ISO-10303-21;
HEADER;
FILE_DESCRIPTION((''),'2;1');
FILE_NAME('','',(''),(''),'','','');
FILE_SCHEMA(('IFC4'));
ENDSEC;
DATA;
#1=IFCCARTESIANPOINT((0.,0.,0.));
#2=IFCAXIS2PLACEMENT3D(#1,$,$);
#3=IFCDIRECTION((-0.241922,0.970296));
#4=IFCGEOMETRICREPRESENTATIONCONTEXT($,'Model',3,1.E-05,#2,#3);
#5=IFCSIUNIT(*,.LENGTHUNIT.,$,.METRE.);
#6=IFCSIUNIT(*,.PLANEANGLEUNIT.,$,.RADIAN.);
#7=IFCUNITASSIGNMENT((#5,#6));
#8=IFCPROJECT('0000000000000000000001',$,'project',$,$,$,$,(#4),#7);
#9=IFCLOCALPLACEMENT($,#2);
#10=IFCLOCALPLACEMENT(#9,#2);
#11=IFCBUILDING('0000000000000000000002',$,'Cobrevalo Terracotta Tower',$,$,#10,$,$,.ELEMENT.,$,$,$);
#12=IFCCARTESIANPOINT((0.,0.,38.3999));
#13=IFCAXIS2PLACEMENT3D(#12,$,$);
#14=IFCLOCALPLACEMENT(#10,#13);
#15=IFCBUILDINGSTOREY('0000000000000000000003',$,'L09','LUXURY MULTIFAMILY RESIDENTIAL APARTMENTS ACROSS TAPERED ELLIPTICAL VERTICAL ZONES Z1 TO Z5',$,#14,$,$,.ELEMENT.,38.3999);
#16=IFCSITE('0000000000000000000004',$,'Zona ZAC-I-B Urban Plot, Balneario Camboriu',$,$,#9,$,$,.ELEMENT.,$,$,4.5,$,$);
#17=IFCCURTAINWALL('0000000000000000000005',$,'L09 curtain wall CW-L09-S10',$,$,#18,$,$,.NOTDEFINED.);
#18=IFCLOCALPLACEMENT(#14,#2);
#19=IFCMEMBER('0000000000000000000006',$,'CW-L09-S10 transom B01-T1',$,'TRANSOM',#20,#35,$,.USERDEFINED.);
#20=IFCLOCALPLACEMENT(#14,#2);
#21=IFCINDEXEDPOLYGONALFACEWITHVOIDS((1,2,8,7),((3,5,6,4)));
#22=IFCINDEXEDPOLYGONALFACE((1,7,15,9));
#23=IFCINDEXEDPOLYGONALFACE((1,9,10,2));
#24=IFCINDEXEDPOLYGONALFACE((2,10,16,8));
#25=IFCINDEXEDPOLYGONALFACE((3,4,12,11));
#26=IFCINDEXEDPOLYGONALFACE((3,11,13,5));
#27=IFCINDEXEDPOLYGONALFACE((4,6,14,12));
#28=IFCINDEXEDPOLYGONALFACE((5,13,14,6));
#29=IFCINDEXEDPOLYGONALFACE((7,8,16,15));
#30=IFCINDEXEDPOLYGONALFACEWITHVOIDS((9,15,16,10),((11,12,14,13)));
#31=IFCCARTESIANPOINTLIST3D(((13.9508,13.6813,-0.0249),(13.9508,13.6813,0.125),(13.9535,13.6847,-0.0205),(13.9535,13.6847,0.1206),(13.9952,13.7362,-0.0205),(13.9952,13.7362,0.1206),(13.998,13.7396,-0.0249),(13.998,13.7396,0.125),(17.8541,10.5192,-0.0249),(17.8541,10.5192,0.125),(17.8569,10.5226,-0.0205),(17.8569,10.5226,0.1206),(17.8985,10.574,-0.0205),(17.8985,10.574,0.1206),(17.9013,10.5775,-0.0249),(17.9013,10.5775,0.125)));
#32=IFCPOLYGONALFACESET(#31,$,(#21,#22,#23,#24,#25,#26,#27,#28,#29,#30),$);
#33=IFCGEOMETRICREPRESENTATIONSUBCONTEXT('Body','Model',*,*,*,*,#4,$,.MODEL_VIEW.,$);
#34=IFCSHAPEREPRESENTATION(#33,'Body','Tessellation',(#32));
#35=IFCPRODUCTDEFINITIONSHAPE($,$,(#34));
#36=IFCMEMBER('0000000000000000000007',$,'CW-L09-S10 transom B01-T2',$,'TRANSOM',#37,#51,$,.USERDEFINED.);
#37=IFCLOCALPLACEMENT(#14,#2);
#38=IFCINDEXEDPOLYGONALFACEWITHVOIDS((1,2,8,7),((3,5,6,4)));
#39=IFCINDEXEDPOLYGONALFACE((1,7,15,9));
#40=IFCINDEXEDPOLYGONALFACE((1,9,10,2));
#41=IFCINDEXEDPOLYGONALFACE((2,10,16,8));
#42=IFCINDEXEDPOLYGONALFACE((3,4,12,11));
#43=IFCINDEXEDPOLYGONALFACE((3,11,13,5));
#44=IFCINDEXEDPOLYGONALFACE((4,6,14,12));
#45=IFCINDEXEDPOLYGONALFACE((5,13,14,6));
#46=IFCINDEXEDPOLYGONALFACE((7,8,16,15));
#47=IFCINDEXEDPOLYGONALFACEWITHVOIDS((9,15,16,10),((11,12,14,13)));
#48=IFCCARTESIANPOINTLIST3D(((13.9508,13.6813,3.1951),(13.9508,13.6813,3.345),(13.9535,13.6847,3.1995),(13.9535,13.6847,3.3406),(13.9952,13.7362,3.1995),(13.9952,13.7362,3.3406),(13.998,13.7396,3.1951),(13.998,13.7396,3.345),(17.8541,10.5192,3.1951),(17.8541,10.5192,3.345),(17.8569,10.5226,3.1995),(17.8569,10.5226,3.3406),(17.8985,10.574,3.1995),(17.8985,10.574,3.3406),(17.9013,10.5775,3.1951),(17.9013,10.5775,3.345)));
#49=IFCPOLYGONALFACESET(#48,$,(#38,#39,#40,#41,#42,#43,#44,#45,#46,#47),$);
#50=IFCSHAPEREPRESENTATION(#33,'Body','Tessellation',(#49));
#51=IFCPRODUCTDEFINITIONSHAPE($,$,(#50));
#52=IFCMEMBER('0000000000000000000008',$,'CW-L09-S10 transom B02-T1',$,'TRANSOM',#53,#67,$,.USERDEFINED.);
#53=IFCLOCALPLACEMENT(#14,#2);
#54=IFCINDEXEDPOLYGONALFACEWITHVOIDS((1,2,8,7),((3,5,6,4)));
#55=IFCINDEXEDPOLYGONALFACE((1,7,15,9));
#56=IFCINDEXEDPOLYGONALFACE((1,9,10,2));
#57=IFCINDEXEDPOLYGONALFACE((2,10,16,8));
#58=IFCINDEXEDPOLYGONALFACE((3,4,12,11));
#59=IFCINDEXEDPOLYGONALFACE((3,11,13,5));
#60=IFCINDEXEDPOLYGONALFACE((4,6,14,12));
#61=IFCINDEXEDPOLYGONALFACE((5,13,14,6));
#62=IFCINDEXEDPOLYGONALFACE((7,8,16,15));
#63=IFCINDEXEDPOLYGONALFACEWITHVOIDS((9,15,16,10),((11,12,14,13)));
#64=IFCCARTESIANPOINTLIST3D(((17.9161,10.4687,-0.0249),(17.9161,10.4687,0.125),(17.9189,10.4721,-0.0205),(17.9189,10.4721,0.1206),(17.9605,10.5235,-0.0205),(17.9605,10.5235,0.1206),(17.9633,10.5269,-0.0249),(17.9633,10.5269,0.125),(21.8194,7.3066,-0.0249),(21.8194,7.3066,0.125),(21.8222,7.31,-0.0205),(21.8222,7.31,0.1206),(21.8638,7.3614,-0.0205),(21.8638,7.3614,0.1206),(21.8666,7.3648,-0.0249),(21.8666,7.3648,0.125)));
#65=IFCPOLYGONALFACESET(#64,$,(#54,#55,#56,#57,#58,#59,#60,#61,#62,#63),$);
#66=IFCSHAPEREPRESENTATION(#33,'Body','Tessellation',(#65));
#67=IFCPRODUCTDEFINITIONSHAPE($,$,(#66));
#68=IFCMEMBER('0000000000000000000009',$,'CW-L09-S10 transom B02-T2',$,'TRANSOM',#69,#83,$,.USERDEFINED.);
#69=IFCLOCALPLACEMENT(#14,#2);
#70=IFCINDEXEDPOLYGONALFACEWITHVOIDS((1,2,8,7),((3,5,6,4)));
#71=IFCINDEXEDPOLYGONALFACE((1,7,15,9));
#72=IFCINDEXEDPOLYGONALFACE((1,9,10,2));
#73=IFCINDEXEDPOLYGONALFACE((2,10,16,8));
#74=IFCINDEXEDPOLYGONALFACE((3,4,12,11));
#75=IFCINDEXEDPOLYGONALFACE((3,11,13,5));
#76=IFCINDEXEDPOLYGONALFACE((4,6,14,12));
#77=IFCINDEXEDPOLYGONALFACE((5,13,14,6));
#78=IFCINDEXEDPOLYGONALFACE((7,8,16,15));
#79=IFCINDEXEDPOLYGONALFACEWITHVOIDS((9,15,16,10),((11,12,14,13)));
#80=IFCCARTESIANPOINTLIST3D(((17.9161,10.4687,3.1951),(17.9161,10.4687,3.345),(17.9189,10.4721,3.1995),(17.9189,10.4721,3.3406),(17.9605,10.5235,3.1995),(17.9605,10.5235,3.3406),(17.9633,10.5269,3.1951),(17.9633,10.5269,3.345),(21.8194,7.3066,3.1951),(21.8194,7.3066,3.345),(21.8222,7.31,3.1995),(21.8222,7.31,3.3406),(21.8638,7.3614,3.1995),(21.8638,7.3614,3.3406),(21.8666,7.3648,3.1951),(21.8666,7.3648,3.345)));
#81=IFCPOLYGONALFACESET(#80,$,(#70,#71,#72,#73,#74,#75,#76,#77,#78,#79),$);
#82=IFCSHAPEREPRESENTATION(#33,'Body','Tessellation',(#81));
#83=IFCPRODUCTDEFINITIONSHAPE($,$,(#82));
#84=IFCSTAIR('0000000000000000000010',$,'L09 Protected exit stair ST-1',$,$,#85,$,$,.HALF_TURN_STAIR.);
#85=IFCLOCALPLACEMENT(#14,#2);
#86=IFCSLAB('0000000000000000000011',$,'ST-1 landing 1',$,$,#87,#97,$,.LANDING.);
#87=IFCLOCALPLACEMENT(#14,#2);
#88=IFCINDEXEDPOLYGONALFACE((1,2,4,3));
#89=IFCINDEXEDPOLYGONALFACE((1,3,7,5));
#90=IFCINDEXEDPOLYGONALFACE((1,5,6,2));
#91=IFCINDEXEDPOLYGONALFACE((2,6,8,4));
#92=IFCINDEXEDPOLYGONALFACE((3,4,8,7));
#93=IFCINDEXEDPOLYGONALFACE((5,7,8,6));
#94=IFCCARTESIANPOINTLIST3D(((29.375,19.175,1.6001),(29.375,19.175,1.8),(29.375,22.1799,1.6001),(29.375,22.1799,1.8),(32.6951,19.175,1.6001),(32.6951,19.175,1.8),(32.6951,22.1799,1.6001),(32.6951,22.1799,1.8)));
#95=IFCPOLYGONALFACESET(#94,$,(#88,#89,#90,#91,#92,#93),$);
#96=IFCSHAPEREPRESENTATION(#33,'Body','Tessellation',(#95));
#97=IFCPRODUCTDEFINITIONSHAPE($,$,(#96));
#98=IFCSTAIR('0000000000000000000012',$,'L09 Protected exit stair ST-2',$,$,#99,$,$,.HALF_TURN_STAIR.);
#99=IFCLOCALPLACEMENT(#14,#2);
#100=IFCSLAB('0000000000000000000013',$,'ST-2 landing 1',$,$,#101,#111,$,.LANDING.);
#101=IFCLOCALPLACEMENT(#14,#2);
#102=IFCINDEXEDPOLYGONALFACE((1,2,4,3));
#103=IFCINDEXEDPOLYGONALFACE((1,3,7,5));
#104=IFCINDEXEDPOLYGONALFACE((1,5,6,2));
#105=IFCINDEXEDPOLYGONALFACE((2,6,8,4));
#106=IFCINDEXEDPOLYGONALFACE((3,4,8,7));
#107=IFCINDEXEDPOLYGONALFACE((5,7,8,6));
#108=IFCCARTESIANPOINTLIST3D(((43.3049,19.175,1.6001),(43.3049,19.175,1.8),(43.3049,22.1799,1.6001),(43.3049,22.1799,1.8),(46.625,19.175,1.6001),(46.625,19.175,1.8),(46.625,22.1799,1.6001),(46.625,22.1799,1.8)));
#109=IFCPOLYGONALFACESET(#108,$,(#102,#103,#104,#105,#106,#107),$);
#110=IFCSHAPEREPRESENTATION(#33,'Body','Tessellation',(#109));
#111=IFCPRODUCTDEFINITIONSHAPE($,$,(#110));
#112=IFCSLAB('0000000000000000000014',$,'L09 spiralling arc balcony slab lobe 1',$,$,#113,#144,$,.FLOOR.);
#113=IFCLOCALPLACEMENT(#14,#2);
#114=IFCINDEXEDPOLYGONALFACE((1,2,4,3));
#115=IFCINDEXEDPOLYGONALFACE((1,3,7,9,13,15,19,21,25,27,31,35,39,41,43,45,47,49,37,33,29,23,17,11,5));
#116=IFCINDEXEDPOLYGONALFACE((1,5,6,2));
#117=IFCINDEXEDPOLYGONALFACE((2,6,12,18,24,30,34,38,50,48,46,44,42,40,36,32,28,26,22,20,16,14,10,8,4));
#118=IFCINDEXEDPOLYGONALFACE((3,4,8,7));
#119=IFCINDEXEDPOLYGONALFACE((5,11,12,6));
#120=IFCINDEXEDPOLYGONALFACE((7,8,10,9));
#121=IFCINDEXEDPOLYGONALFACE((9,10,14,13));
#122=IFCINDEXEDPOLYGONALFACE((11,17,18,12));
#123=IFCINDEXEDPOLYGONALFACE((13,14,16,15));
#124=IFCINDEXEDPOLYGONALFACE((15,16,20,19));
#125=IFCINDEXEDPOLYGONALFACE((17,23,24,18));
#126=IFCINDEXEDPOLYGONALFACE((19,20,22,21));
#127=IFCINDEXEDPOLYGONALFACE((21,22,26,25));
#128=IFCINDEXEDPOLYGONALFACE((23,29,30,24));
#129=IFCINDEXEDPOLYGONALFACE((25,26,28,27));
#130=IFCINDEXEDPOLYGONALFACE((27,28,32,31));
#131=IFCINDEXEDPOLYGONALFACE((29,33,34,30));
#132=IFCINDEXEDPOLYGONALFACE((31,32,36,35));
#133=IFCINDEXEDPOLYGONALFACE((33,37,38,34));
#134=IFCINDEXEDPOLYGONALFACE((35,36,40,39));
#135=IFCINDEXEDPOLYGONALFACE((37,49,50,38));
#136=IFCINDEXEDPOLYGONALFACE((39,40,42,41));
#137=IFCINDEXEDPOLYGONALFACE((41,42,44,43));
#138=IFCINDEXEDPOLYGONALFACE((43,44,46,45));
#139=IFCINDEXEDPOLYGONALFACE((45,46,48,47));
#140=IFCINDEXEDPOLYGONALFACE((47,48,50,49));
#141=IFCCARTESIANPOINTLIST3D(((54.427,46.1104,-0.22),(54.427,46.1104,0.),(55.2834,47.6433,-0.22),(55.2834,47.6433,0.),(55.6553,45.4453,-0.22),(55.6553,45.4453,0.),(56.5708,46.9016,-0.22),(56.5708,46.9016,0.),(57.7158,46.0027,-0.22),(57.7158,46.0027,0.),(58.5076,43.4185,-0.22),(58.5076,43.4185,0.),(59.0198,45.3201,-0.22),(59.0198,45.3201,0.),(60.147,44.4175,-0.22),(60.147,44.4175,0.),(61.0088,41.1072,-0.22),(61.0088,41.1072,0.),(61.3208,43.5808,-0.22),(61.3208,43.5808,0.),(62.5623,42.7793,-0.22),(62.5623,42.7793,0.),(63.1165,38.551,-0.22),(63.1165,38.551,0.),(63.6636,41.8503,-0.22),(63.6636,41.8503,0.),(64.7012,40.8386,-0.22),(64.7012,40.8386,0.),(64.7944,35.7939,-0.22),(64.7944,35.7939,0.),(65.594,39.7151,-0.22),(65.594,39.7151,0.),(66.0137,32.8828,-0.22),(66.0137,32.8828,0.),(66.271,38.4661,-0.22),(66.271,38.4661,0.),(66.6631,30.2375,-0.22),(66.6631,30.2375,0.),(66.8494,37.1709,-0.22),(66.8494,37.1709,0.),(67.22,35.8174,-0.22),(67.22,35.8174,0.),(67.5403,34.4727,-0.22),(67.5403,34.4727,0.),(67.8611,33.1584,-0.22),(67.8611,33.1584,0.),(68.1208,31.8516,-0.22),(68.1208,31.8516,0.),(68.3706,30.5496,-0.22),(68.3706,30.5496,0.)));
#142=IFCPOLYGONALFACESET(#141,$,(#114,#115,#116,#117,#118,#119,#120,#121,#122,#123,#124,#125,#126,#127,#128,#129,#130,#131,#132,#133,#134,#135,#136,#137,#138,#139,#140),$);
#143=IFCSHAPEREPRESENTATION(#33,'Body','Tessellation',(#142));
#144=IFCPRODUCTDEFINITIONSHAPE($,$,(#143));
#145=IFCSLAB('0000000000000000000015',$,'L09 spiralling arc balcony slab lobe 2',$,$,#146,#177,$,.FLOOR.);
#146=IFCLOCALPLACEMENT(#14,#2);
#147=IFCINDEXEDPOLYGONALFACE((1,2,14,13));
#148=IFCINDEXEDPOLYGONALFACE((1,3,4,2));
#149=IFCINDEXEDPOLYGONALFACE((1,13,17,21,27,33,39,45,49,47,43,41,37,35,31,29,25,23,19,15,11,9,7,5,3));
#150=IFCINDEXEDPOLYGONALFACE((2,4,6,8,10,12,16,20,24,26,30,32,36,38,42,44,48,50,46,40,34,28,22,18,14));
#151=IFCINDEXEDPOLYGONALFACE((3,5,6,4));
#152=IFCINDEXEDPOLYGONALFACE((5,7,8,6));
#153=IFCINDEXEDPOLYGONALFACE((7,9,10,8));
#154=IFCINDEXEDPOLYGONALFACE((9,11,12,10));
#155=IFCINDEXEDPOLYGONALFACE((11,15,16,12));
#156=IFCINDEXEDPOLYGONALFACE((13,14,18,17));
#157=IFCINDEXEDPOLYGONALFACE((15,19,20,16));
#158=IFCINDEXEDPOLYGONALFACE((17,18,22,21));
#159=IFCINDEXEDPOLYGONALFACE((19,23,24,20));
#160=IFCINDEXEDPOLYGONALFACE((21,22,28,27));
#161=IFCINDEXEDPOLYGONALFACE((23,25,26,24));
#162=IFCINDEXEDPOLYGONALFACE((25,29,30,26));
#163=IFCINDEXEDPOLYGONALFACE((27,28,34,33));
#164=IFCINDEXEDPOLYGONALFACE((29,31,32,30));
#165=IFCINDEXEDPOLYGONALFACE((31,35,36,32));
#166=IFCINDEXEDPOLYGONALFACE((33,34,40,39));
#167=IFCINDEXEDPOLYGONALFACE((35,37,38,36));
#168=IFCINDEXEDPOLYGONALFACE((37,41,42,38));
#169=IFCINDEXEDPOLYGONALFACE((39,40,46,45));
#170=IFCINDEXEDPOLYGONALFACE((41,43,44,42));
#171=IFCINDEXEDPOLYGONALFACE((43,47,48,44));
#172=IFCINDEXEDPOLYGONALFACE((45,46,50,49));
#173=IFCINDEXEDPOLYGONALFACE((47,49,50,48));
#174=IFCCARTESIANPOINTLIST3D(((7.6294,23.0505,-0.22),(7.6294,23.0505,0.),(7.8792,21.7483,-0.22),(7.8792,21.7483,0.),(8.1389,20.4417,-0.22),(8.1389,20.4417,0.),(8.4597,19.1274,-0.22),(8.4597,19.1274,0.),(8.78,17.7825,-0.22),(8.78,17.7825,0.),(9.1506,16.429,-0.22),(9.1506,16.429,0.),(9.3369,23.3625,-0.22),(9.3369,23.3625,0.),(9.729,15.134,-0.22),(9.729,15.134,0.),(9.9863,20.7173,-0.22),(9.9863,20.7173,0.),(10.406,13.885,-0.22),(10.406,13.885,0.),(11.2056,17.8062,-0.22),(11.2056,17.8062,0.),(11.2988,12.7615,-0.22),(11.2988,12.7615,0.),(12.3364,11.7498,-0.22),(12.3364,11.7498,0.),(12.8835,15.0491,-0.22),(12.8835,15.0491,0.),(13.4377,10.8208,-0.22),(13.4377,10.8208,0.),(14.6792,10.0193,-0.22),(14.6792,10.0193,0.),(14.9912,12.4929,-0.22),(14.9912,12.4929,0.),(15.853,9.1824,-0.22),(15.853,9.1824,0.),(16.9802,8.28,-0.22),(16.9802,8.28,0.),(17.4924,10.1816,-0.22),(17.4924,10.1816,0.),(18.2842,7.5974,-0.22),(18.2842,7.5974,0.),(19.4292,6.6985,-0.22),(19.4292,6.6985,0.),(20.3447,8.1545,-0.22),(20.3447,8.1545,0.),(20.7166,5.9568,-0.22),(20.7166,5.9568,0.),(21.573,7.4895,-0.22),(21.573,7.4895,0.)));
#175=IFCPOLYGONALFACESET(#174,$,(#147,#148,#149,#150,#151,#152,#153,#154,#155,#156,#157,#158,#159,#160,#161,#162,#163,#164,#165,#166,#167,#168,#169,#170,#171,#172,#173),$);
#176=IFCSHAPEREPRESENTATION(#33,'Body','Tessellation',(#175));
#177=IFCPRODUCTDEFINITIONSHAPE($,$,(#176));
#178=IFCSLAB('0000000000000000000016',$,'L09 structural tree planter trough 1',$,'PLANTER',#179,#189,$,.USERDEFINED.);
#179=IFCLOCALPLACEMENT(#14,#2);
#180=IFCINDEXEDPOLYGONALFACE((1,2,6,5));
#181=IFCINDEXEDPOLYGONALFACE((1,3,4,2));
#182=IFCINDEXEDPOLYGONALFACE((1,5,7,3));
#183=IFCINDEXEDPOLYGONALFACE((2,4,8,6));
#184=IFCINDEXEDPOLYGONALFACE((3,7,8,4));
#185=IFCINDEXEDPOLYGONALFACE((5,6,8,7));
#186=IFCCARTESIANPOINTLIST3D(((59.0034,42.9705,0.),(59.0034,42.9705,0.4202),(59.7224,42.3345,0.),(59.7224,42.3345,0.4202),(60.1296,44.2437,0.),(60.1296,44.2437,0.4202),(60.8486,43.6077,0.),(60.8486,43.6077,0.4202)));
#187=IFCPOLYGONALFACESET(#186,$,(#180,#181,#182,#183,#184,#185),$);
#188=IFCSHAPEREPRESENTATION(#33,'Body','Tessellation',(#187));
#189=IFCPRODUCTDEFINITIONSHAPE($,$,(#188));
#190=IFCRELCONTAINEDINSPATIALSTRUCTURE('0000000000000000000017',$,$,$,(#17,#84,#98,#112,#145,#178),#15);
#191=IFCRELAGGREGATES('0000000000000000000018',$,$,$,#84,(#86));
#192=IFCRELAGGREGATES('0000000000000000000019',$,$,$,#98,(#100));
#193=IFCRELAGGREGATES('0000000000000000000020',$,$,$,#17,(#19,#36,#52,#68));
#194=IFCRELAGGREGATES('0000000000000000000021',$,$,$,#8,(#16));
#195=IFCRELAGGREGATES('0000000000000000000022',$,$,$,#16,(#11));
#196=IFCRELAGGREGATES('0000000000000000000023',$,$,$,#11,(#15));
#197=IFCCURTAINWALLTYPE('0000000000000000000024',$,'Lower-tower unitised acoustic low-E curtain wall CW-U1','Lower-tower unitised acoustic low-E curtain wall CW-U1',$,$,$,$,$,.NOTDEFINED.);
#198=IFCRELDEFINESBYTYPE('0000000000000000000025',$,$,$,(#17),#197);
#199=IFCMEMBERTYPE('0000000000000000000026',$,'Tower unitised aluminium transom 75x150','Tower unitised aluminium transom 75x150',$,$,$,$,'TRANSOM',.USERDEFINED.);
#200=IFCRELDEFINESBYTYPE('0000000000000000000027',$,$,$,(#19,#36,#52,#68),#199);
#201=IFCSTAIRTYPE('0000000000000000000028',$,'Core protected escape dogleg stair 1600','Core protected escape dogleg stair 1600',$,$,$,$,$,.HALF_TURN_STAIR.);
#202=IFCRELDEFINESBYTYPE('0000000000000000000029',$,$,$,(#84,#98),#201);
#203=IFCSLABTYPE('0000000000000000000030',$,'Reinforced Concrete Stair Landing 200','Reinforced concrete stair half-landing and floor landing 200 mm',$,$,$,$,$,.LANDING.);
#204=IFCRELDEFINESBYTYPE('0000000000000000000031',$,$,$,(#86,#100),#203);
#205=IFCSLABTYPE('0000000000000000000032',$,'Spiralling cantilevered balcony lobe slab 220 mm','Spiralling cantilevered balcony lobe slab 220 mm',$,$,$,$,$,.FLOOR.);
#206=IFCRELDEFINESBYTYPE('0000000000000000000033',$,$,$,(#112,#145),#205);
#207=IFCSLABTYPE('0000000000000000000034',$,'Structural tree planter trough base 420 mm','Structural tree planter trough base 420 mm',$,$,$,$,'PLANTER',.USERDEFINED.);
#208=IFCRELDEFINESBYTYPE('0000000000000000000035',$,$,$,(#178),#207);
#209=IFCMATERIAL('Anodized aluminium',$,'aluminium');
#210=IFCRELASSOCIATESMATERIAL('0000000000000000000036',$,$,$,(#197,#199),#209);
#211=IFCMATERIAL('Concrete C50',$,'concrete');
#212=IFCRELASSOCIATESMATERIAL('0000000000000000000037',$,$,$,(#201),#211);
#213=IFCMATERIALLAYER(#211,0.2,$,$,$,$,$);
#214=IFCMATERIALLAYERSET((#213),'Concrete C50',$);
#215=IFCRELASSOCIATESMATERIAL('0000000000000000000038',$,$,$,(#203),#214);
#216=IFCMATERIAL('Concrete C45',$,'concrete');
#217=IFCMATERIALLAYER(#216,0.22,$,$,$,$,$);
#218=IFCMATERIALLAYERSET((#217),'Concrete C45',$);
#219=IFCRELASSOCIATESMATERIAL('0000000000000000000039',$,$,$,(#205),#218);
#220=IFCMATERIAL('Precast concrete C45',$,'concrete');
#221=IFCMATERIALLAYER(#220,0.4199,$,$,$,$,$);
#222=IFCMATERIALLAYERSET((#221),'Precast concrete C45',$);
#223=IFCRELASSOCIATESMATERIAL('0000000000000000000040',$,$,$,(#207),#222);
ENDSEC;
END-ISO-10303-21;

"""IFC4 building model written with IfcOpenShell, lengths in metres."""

from ifc_helpers import new_model, si_unit, direction, frame, origin, origin_2d, place, context, subcontext, project, spatial, polyline, hollow_rectangle, outline, extrude, source, transform, mapped, material, layer, layer_set, material_profile, profile_set, type_object, element, aggregate, save


model = new_model("IFC4")

# Units and contexts
model_context = context("Model", 3, precision=1e-05, world=origin(), true_north=direction((-0.241922, 0.970296)))
body_context = subcontext(model_context, "Body", "Model", "MODEL_VIEW")
ifc_project = project(units=[si_unit("LENGTHUNIT", "METRE"), si_unit("PLANEANGLEUNIT", "RADIAN")], contexts=[model_context])

# Site, building, storey
site_placement = place(None, origin())
site = spatial("IfcSite", under=ifc_project, at=site_placement, Name="Zona ZAC-I-B Urban Plot, Balneario Camboriu", CompositionType="ELEMENT", RefElevation=4.5)
building_placement = place(site_placement, origin())
building = spatial("IfcBuilding", under=site, at=building_placement, Name="Cobrevalo Terracotta Tower", CompositionType="ELEMENT")
storey_placement = place(building_placement, frame((0.0, 0.0, 38.3999)))
storey = spatial("IfcBuildingStorey", under=building, at=storey_placement, Name="L09", Description="LUXURY MULTIFAMILY RESIDENTIAL APARTMENTS ACROSS TAPERED ELLIPTICAL VERTICAL ZONES Z1 TO Z5", CompositionType="ELEMENT", Elevation=38.3999)

# Curtain wall, members
ifc_material_1 = material(Name="Anodized aluminium", Category="aluminium")
curtain_wall_type = type_object("IfcCurtainWallType", Name="Lower-tower unitised acoustic low-E curtain wall CW-U1", Description="Lower-tower unitised acoustic low-E curtain wall CW-U1", PredefinedType="NOTDEFINED", material=ifc_material_1)
curtain_wall_placement = place(storey_placement, origin())
curtain_wall = element("IfcCurtainWall", 1, at=curtain_wall_placement, inside=storey, type_object=curtain_wall_type, Name="L09 curtain wall CW-L09-S10", PredefinedType="NOTDEFINED")
ifc_material_profile_1 = material_profile(ifc_material_1, hollow_rectangle(XDim=0.075, YDim=0.1499, WallThickness=0.0044, at=origin_2d()), Name="CWT 75x150")
ifc_profile_set_1 = profile_set([ifc_material_profile_1], Name="Anodized aluminium")
member_type_1 = type_object("IfcMemberType", Name="Tower unitised aluminium transom 75x150", Description="Tower unitised aluminium transom 75x150", ElementType="TRANSOM", PredefinedType="USERDEFINED", material=ifc_profile_set_1)
shared_shape_1 = source(origin(), body_context, "Body", "SweptSolid", [
    extrude(hollow_rectangle(XDim=0.075, YDim=0.1499, WallThickness=0.0044, at=origin_2d()), origin(), (0.0, 0.0, 1.0), 5.0234),
])
member_1_placement = place(storey_placement, frame((13.9744, 13.7104, 0.05), z_axis=(0.777023, -0.629472, 0.0), x_axis=(0.629472, 0.777023, 0.0)))
member_1 = element("IfcMember", 2, at=member_1_placement, type_object=member_type_1, Name="CW-L09-S10 transom B01-T1", ObjectType="TRANSOM", PredefinedType="USERDEFINED", context=body_context, shape_type="MappedRepresentation", body=[
    mapped(shared_shape_1, transform((0.0, 0.0, 0.0), scale=1.0)),
])
member_2_placement = place(storey_placement, frame((13.9744, 13.7104, 3.27), z_axis=(0.777023, -0.629472, 0.0), x_axis=(0.629472, 0.777023, 0.0)))
member_2 = element("IfcMember", 3, at=member_2_placement, type_object=member_type_1, Name="CW-L09-S10 transom B01-T2", ObjectType="TRANSOM", PredefinedType="USERDEFINED", context=body_context, shape_type="MappedRepresentation", body=[
    mapped(shared_shape_1, transform((0.0, 0.0, 0.0), scale=1.0)),
])
member_3_placement = place(storey_placement, frame((17.9397, 10.4978, 0.05), z_axis=(0.777023, -0.629472, 0.0), x_axis=(0.629472, 0.777023, 0.0)))
member_3 = element("IfcMember", 4, at=member_3_placement, type_object=member_type_1, Name="CW-L09-S10 transom B02-T1", ObjectType="TRANSOM", PredefinedType="USERDEFINED", context=body_context, shape_type="MappedRepresentation", body=[
    mapped(shared_shape_1, transform((0.0, 0.0, 0.0), scale=1.0)),
])
member_4_placement = place(storey_placement, frame((17.9397, 10.4978, 3.27), z_axis=(0.777023, -0.629472, 0.0), x_axis=(0.629472, 0.777023, 0.0)))
member_4 = element("IfcMember", 5, at=member_4_placement, type_object=member_type_1, Name="CW-L09-S10 transom B02-T2", ObjectType="TRANSOM", PredefinedType="USERDEFINED", context=body_context, shape_type="MappedRepresentation", body=[
    mapped(shared_shape_1, transform((0.0, 0.0, 0.0), scale=1.0)),
])

# Stairs, slabs
ifc_material_2 = material(Name="Concrete C50", Category="concrete")
stair_type = type_object("IfcStairType", Name="Core protected escape dogleg stair 1600", Description="Core protected escape dogleg stair 1600", PredefinedType="HALF_TURN_STAIR", material=ifc_material_2)
stair_1_placement = place(storey_placement, origin())
stair_1 = element("IfcStair", 6, at=stair_1_placement, inside=storey, type_object=stair_type, Name="L09 Protected exit stair ST-1", PredefinedType="HALF_TURN_STAIR")
ifc_layer_1 = layer(ifc_material_2, 0.2)
ifc_layer_set_1 = layer_set([ifc_layer_1], Name="Concrete C50")
slab_type_1 = type_object("IfcSlabType", Name="Reinforced Concrete Stair Landing 200", Description="Reinforced concrete stair half-landing and floor landing 200 mm", PredefinedType="LANDING", material=ifc_layer_set_1)
slab_1_placement = place(storey_placement, frame((0.0, 0.0, 1.6001)))
slab_1 = element("IfcSlab", 7, at=slab_1_placement, type_object=slab_type_1, Name="ST-1 landing 1", PredefinedType="LANDING", context=body_context, shape_type="SweptSolid", body=[
    extrude(outline(polyline([(29.375, 22.1799), (29.375, 19.175), (32.6951, 19.175), (32.6951, 22.1799), (29.375, 22.1799)])), origin(), (0.0, 0.0, 1.0), 0.2),
])
aggregate(stair_1, [slab_1])
stair_2_placement = place(storey_placement, origin())
stair_2 = element("IfcStair", 8, at=stair_2_placement, inside=storey, type_object=stair_type, Name="L09 Protected exit stair ST-2", PredefinedType="HALF_TURN_STAIR")
slab_2_placement = place(storey_placement, frame((0.0, 0.0, 1.6001)))
slab_2 = element("IfcSlab", 9, at=slab_2_placement, type_object=slab_type_1, Name="ST-2 landing 1", PredefinedType="LANDING", context=body_context, shape_type="SweptSolid", body=[
    extrude(outline(polyline([(43.3049, 22.1799), (43.3049, 19.175), (46.625, 19.175), (46.625, 22.1799), (43.3049, 22.1799)])), origin(), (0.0, 0.0, 1.0), 0.2),
])
aggregate(stair_2, [slab_2])

# Slabs
ifc_material_3 = material(Name="Concrete C45", Category="concrete")
ifc_layer_2 = layer(ifc_material_3, 0.22)
ifc_layer_set_2 = layer_set([ifc_layer_2], Name="Concrete C45")
slab_type_2 = type_object("IfcSlabType", Name="Spiralling cantilevered balcony lobe slab 220 mm", Description="Spiralling cantilevered balcony lobe slab 220 mm", PredefinedType="FLOOR", material=ifc_layer_set_2)
slab_3_placement = place(storey_placement, frame((0.0, 0.0, -0.22)))
element("IfcSlab", 10, at=slab_3_placement, inside=storey, type_object=slab_type_2, Name="L09 spiralling arc balcony slab lobe 1", PredefinedType="FLOOR", context=body_context, shape_type="SweptSolid", body=[
    extrude(outline(polyline([(68.3706, 30.5496), (68.1208, 31.8516), (67.8611, 33.1584), (67.5403, 34.4727), (67.22, 35.8174), (66.8494, 37.1709), (66.271, 38.4661), (65.594, 39.7151), (64.7012, 40.8386), (63.6636, 41.8503), (62.5623, 42.7793), (61.3208, 43.5808), (60.147, 44.4175), (59.0198, 45.3201), (57.7158, 46.0027), (56.5708, 46.9016), (55.2834, 47.6433), (54.427, 46.1104), (55.6553, 45.4453), (58.5076, 43.4185), (61.0088, 41.1072), (63.1165, 38.551), (64.7944, 35.7939), (66.0137, 32.8828), (66.6631, 30.2375), (68.3706, 30.5496)])), origin(), (0.0, 0.0, 1.0), 0.22),
])
slab_4_placement = place(storey_placement, frame((0.0, 0.0, -0.22)))
element("IfcSlab", 11, at=slab_4_placement, inside=storey, type_object=slab_type_2, Name="L09 spiralling arc balcony slab lobe 2", PredefinedType="FLOOR", context=body_context, shape_type="SweptSolid", body=[
    extrude(outline(polyline([(7.6294, 23.0505), (7.8792, 21.7483), (8.1389, 20.4417), (8.4597, 19.1274), (8.78, 17.7825), (9.1506, 16.429), (9.729, 15.134), (10.406, 13.885), (11.2988, 12.7615), (12.3364, 11.7498), (13.4377, 10.8208), (14.6792, 10.0193), (15.853, 9.1824), (16.9802, 8.28), (18.2842, 7.5974), (19.4292, 6.6985), (20.7166, 5.9568), (21.573, 7.4895), (20.3447, 8.1545), (17.4924, 10.1816), (14.9912, 12.4929), (12.8835, 15.0491), (11.2056, 17.8062), (9.9863, 20.7173), (9.3369, 23.3625), (7.6294, 23.0505)])), origin(), (0.0, 0.0, 1.0), 0.22),
])
ifc_material_4 = material(Name="Precast concrete C45", Category="concrete")
ifc_layer_3 = layer(ifc_material_4, 0.4199)
ifc_layer_set_3 = layer_set([ifc_layer_3], Name="Precast concrete C45")
slab_type_3 = type_object("IfcSlabType", Name="Structural tree planter trough base 420 mm", Description="Structural tree planter trough base 420 mm", ElementType="PLANTER", PredefinedType="USERDEFINED", material=ifc_layer_set_3)
slab_5_placement = place(storey_placement, origin())
element("IfcSlab", 12, at=slab_5_placement, inside=storey, type_object=slab_type_3, Name="L09 structural tree planter trough 1", ObjectType="PLANTER", PredefinedType="USERDEFINED", context=body_context, shape_type="SweptSolid", body=[
    extrude(outline(polyline([(59.7224, 42.3345), (60.8486, 43.6077), (60.1296, 44.2437), (59.0034, 42.9705), (59.7224, 42.3345)])), origin(), (0.0, 0.0, 1.0), 0.4202),
])

aggregate(curtain_wall, [member_1, member_2, member_3, member_4])

save(model, "model.ifc")
